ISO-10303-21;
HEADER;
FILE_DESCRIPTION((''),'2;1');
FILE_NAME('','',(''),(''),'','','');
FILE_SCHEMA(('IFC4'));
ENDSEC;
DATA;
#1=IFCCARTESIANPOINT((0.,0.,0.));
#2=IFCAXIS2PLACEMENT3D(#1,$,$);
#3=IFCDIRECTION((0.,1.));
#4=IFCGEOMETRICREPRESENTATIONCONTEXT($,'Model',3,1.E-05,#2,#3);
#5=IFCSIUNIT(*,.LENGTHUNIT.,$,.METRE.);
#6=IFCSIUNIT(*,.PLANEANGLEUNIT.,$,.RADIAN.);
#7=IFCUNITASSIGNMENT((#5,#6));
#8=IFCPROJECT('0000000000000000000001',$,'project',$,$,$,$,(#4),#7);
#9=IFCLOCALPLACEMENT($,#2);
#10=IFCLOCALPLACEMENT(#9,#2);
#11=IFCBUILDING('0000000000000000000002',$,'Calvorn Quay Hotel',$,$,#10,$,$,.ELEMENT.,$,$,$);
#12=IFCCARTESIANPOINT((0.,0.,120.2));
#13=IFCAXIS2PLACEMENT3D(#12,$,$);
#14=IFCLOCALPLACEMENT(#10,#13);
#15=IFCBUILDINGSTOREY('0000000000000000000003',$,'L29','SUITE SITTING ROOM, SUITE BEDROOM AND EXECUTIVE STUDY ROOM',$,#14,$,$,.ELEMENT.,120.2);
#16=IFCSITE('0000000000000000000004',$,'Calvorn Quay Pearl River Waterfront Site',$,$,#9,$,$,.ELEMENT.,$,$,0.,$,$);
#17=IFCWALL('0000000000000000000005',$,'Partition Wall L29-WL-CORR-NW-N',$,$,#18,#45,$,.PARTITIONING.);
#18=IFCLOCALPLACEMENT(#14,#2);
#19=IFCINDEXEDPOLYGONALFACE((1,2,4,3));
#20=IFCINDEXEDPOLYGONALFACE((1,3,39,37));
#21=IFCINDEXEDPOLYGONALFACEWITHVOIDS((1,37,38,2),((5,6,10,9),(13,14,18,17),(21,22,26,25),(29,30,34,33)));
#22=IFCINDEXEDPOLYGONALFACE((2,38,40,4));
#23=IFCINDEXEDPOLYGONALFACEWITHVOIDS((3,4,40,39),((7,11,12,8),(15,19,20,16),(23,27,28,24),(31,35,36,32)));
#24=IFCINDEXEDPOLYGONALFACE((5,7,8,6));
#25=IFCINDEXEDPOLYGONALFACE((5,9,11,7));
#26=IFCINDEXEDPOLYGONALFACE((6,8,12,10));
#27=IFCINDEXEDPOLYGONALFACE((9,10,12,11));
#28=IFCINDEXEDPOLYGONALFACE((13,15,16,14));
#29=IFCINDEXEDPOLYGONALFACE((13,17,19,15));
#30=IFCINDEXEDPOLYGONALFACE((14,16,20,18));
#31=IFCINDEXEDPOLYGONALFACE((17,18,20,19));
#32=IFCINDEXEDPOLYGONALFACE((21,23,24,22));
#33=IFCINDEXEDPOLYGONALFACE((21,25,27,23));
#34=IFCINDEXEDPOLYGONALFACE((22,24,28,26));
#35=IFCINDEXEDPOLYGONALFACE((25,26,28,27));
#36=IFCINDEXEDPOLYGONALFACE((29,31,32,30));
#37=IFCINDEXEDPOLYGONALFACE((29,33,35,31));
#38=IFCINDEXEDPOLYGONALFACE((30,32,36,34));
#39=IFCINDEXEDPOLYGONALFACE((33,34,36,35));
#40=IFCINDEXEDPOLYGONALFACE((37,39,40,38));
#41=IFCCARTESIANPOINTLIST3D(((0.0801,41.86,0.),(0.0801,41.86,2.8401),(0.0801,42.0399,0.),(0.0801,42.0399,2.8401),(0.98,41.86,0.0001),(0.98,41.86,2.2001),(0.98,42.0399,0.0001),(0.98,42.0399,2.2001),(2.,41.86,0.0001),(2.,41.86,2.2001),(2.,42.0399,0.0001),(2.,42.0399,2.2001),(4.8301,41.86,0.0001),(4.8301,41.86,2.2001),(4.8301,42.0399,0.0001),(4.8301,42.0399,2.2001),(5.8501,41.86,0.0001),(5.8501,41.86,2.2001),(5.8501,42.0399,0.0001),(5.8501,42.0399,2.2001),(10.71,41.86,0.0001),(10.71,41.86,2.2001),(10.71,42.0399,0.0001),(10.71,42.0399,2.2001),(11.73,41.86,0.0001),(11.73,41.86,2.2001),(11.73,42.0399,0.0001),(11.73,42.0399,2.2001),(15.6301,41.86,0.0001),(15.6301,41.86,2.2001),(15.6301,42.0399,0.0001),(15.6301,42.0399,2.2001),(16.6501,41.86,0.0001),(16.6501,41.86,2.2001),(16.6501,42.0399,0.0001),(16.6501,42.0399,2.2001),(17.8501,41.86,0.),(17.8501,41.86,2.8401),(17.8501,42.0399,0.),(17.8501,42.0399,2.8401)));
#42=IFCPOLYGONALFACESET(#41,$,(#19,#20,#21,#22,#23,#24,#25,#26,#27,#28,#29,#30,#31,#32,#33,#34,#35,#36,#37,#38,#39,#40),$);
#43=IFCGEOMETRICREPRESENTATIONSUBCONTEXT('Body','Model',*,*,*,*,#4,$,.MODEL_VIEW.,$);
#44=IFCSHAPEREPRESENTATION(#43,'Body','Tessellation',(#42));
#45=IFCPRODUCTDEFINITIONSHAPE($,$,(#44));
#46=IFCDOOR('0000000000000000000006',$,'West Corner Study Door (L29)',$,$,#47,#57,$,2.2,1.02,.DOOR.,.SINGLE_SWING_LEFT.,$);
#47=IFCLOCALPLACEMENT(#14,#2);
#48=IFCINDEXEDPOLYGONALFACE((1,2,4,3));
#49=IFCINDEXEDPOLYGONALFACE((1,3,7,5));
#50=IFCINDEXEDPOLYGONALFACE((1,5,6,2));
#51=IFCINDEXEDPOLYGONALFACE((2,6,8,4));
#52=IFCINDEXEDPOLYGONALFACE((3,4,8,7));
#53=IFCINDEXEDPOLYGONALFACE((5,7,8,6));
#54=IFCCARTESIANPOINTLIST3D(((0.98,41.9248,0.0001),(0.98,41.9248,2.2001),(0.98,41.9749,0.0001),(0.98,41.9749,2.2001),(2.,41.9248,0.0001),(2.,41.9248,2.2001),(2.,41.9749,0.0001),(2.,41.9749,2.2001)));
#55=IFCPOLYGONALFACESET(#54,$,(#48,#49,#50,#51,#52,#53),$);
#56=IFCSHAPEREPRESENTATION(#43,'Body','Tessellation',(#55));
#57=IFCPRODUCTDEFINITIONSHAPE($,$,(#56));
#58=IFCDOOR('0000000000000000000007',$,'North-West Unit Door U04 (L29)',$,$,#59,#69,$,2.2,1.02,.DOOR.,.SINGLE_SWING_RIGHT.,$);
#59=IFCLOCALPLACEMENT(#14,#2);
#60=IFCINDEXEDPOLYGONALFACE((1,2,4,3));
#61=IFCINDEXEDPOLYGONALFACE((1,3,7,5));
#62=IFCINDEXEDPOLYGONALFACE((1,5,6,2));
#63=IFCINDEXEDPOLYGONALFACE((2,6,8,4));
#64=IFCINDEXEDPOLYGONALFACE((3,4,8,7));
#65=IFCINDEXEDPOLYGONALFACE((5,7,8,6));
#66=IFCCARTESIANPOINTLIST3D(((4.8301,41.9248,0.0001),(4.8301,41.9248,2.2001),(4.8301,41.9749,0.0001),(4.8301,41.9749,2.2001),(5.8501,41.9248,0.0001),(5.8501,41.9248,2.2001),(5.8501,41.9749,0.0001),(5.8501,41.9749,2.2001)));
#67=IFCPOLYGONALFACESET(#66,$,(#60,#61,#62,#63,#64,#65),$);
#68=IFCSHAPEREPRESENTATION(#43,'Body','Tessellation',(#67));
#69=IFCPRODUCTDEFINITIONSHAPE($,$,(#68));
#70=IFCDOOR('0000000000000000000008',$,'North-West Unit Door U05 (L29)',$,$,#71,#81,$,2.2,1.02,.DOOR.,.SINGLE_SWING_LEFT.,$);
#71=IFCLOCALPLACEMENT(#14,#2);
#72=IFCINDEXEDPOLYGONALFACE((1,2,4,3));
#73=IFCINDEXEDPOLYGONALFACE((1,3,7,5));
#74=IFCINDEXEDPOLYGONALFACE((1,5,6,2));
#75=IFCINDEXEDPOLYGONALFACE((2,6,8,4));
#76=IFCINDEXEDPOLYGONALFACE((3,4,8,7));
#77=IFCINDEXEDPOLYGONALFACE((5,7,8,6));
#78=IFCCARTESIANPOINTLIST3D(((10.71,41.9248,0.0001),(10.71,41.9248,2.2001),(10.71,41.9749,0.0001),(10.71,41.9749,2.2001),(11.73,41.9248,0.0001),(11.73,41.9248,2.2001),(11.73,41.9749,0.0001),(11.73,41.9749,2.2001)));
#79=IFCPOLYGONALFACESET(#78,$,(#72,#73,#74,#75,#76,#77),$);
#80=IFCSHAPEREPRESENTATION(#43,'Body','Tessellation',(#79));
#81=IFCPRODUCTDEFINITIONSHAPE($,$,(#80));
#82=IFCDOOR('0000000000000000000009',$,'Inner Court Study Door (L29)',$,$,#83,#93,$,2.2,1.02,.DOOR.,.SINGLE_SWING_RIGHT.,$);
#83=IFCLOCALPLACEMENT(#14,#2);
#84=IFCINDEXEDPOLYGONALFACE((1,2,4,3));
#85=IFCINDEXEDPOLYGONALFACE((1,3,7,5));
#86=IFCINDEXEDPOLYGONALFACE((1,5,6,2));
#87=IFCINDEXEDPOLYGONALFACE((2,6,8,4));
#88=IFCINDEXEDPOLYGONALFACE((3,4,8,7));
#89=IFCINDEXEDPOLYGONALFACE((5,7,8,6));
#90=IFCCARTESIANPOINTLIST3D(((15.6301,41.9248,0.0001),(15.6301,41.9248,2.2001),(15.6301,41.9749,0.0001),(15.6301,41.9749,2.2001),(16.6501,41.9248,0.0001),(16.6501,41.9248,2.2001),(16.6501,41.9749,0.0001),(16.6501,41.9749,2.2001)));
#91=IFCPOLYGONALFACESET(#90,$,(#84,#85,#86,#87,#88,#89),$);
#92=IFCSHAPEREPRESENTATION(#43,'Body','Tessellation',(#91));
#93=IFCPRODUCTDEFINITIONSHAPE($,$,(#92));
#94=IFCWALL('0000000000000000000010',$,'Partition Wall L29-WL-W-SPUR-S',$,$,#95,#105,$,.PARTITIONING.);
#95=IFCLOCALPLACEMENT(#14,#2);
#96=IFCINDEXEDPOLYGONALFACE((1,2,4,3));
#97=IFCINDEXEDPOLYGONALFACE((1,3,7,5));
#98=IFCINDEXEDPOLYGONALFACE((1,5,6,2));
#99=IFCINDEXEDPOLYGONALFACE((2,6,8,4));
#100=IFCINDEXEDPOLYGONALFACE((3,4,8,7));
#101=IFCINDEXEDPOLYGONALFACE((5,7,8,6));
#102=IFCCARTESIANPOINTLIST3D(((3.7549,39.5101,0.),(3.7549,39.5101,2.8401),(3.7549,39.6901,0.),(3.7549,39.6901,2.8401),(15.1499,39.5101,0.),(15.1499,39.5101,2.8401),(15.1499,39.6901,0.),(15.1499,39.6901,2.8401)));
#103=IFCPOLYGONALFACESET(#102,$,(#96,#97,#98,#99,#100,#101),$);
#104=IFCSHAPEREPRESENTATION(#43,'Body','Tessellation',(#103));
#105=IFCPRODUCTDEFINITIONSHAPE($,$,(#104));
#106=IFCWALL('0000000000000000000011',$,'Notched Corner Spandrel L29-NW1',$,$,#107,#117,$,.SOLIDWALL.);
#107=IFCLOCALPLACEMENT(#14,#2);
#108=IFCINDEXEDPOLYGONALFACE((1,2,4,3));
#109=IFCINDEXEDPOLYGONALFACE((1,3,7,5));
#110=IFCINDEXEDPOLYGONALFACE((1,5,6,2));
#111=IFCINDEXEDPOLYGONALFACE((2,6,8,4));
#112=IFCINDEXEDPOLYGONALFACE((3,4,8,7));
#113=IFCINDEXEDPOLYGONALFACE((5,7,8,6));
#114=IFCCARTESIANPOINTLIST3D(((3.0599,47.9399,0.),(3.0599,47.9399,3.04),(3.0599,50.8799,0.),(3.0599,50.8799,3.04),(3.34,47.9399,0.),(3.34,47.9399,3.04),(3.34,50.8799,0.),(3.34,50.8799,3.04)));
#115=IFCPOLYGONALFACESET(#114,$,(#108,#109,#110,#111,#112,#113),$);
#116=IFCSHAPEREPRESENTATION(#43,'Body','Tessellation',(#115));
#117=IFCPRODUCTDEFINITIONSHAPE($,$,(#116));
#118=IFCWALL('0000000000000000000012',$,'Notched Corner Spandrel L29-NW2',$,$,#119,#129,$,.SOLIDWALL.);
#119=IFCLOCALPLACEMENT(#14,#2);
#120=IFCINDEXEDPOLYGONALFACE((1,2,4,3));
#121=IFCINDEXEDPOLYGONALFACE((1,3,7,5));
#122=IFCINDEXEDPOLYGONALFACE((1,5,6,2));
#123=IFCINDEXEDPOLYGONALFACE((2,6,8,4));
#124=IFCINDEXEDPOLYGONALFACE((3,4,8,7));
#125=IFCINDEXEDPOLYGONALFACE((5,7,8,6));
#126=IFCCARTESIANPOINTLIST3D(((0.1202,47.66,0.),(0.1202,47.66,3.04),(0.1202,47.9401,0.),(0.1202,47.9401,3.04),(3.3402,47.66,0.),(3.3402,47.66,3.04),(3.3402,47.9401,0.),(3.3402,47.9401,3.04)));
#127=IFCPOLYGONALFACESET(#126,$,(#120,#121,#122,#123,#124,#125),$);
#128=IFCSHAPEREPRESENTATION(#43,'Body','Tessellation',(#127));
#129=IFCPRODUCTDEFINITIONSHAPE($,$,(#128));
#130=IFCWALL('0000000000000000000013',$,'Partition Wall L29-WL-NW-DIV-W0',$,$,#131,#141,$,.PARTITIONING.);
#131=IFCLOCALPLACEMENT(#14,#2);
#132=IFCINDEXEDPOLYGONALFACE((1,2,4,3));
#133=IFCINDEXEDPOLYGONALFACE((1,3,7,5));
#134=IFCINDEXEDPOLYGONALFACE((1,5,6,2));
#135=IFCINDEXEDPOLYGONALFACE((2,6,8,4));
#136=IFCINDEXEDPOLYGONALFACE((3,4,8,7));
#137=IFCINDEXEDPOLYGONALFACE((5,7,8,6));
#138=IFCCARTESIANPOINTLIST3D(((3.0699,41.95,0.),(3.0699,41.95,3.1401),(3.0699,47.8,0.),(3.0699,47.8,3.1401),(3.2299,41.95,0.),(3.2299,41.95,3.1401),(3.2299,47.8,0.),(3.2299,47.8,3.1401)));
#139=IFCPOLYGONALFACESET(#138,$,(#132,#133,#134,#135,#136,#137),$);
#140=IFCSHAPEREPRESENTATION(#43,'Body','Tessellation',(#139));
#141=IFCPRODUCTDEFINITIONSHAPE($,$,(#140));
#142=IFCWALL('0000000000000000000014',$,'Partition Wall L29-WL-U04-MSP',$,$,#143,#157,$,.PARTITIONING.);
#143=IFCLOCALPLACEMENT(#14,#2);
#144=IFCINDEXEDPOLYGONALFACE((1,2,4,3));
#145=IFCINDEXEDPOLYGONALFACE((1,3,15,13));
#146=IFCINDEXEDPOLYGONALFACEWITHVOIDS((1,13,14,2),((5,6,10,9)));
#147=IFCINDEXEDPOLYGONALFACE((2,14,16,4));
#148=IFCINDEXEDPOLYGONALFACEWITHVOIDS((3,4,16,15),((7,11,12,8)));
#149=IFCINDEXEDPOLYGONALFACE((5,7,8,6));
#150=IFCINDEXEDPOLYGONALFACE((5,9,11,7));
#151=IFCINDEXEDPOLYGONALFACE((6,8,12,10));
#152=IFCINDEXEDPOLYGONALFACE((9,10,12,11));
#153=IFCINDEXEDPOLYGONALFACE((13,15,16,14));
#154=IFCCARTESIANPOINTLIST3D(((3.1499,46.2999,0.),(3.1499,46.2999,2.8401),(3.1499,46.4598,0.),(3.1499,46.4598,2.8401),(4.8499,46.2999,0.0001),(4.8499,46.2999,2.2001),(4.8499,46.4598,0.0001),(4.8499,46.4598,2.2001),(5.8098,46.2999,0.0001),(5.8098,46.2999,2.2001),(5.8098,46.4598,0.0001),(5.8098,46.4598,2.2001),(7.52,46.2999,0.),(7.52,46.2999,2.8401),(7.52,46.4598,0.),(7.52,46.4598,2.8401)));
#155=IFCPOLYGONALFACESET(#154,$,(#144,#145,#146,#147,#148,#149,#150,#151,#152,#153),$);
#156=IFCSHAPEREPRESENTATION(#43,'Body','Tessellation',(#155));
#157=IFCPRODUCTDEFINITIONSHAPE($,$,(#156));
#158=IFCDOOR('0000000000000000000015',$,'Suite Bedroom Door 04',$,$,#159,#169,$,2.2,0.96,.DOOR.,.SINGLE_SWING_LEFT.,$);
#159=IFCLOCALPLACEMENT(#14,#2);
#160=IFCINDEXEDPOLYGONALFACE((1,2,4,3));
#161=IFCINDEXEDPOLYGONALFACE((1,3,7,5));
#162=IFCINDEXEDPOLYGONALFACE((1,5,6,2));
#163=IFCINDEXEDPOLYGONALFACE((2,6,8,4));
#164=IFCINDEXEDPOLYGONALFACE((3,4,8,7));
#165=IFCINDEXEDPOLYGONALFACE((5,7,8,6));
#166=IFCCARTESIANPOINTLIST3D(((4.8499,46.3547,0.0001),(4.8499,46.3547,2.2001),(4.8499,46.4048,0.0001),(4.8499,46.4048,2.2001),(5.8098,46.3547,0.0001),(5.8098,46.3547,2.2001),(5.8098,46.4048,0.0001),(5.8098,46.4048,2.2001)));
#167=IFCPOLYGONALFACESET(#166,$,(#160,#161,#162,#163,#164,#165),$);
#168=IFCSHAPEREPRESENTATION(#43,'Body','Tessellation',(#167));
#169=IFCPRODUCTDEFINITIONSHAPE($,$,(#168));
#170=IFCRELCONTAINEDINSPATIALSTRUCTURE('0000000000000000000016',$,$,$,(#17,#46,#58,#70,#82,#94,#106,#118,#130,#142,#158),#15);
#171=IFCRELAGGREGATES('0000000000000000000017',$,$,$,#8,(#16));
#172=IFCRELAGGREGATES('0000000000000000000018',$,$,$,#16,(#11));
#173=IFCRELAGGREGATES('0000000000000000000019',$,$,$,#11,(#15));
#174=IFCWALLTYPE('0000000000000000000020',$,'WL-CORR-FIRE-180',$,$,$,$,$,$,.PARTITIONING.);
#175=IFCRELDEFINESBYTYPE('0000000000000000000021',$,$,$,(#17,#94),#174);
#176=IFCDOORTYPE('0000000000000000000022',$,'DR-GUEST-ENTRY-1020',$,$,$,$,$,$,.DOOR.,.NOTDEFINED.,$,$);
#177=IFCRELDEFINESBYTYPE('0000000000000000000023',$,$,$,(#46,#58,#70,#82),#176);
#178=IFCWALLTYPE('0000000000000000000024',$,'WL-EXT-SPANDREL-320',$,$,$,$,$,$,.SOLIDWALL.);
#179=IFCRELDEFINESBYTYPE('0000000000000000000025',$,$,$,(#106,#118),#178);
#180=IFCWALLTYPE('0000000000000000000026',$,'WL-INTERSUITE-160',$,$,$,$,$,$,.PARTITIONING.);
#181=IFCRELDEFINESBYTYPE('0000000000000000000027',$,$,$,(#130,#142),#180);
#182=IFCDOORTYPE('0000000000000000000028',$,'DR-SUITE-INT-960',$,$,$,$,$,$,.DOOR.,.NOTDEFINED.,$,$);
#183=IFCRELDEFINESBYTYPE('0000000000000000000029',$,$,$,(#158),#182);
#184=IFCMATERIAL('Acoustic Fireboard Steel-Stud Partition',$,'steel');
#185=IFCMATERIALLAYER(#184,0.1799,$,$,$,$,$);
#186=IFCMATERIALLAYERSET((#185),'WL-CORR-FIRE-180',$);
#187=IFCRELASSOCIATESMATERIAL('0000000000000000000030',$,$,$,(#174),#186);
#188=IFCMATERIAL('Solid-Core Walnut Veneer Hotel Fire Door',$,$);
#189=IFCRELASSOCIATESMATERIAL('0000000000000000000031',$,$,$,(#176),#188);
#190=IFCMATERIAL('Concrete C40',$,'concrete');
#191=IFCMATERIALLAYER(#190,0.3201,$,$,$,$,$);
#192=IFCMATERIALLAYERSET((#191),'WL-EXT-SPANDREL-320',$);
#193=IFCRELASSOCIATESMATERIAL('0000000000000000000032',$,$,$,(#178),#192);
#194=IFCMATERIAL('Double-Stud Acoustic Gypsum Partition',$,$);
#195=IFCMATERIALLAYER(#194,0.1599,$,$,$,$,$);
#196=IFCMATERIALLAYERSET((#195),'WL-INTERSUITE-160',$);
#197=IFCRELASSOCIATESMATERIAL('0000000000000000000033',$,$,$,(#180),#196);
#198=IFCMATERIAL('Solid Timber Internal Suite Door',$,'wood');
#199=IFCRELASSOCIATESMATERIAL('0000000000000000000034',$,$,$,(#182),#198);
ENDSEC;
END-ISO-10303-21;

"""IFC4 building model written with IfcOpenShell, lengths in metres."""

from ifc_helpers import new_model, si_unit, direction, frame, frame_2d, origin, place, context, subcontext, project, spatial, rectangle, extrude, material, layer, layer_set, type_object, element, fill, save


model = new_model("IFC4")

# Units and contexts
model_context = context("Model", 3, precision=1e-05, world=origin(), true_north=direction((0.0, 1.0)))
body_context = subcontext(model_context, "Body", "Model", "MODEL_VIEW")
ifc_project = project(units=[si_unit("LENGTHUNIT", "METRE"), si_unit("PLANEANGLEUNIT", "RADIAN")], contexts=[model_context])

# Site, building, storey
site_placement = place(None, origin())
site = spatial("IfcSite", under=ifc_project, at=site_placement, Name="Calvorn Quay Pearl River Waterfront Site", CompositionType="ELEMENT", RefElevation=0.0)
building_placement = place(site_placement, origin())
building = spatial("IfcBuilding", under=site, at=building_placement, Name="Calvorn Quay Hotel", CompositionType="ELEMENT")
storey_placement = place(building_placement, frame((0.0, 0.0, 120.2)))
storey = spatial("IfcBuildingStorey", under=building, at=storey_placement, Name="L29", Description="SUITE SITTING ROOM, SUITE BEDROOM AND EXECUTIVE STUDY ROOM", CompositionType="ELEMENT", Elevation=120.2)

# Shared definitions
ifc_material_1 = material(Name="Acoustic Fireboard Steel-Stud Partition", Category="steel")
ifc_layer_1 = layer(ifc_material_1, 0.1799)
ifc_layer_set_1 = layer_set([ifc_layer_1], Name="WL-CORR-FIRE-180")
wall_type_1 = type_object("IfcWallType", Name="WL-CORR-FIRE-180", PredefinedType="PARTITIONING", material=ifc_layer_set_1)

# Wall, openings, doors
wall_1_placement = place(storey_placement, frame((0.0801, 41.95, 0.0), z_axis=(0.0, 0.0, 1.0), x_axis=(1.0, 0.0, 0.0)))
wall_1 = element("IfcWall", 1, at=wall_1_placement, inside=storey, type_object=wall_type_1, Name="Partition Wall L29-WL-CORR-NW-N", PredefinedType="PARTITIONING", context=body_context, shape_type="SweptSolid", body=[
    extrude(rectangle(XDim=17.77, YDim=0.1799, at=frame_2d((8.885, 0.0))), origin(), (0.0, 0.0, 1.0), 2.8401),
])
opening_1_placement = place(wall_1_placement, frame((0.8999, 0.0, 0.0)))
opening_1 = element("IfcOpeningElement", 2, at=opening_1_placement, cuts=wall_1, PredefinedType="OPENING", context=body_context, shape_type="SweptSolid", body=[
    extrude(rectangle(XDim=1.02, YDim=2.2, at=frame_2d((0.51, 1.1001))), frame((0.0, 0.0999, 0.0), z_axis=(0.0, -1.0, 0.0), x_axis=(1.0, 0.0, 0.0)), (0.0, 0.0, 1.0), 0.2),
])
opening_2_placement = place(wall_1_placement, frame((4.75, 0.0, 0.0)))
opening_2 = element("IfcOpeningElement", 3, at=opening_2_placement, cuts=wall_1, PredefinedType="OPENING", context=body_context, shape_type="SweptSolid", body=[
    extrude(rectangle(XDim=1.02, YDim=2.2, at=frame_2d((0.51, 1.1001))), frame((0.0, 0.0999, 0.0), z_axis=(0.0, -1.0, 0.0), x_axis=(1.0, 0.0, 0.0)), (0.0, 0.0, 1.0), 0.2),
])
opening_3_placement = place(wall_1_placement, frame((10.6299, 0.0, 0.0)))
opening_3 = element("IfcOpeningElement", 4, at=opening_3_placement, cuts=wall_1, PredefinedType="OPENING", context=body_context, shape_type="SweptSolid", body=[
    extrude(rectangle(XDim=1.02, YDim=2.2, at=frame_2d((0.51, 1.1001))), frame((0.0, 0.0999, 0.0), z_axis=(0.0, -1.0, 0.0), x_axis=(1.0, 0.0, 0.0)), (0.0, 0.0, 1.0), 0.2),
])
opening_4_placement = place(wall_1_placement, frame((15.55, 0.0, 0.0)))
opening_4 = element("IfcOpeningElement", 5, at=opening_4_placement, cuts=wall_1, PredefinedType="OPENING", context=body_context, shape_type="SweptSolid", body=[
    extrude(rectangle(XDim=1.02, YDim=2.2, at=frame_2d((0.51, 1.1001))), frame((0.0, 0.0999, 0.0), z_axis=(0.0, -1.0, 0.0), x_axis=(1.0, 0.0, 0.0)), (0.0, 0.0, 1.0), 0.2),
])
ifc_material_2 = material(Name="Solid-Core Walnut Veneer Hotel Fire Door")
door_type_1 = type_object("IfcDoorType", Name="DR-GUEST-ENTRY-1020", OperationType="NOTDEFINED", PredefinedType="DOOR", material=ifc_material_2)
door_1_placement = place(opening_1_placement, origin())
door_1 = element("IfcDoor", 6, at=door_1_placement, inside=storey, type_object=door_type_1, Name="West Corner Study Door (L29)", OperationType="SINGLE_SWING_LEFT", OverallHeight=2.2, OverallWidth=1.02, PredefinedType="DOOR", context=body_context, shape_type="SweptSolid", body=[
    extrude(rectangle(XDim=1.02, YDim=2.2, at=frame_2d((0.51, 1.1001))), frame((0.0, 0.0249, 0.0), z_axis=(0.0, -1.0, 0.0), x_axis=(1.0, 0.0, 0.0)), (0.0, 0.0, 1.0), 0.05),
])
fill(opening_1, door_1)
door_2_placement = place(opening_2_placement, origin())
door_2 = element("IfcDoor", 7, at=door_2_placement, inside=storey, type_object=door_type_1, Name="North-West Unit Door U04 (L29)", OperationType="SINGLE_SWING_RIGHT", OverallHeight=2.2, OverallWidth=1.02, PredefinedType="DOOR", context=body_context, shape_type="SweptSolid", body=[
    extrude(rectangle(XDim=1.02, YDim=2.2, at=frame_2d((0.51, 1.1001))), frame((0.0, 0.0249, 0.0), z_axis=(0.0, -1.0, 0.0), x_axis=(1.0, 0.0, 0.0)), (0.0, 0.0, 1.0), 0.05),
])
fill(opening_2, door_2)
door_3_placement = place(opening_3_placement, origin())
door_3 = element("IfcDoor", 8, at=door_3_placement, inside=storey, type_object=door_type_1, Name="North-West Unit Door U05 (L29)", OperationType="SINGLE_SWING_LEFT", OverallHeight=2.2, OverallWidth=1.02, PredefinedType="DOOR", context=body_context, shape_type="SweptSolid", body=[
    extrude(rectangle(XDim=1.02, YDim=2.2, at=frame_2d((0.51, 1.1001))), frame((0.0, 0.0249, 0.0), z_axis=(0.0, -1.0, 0.0), x_axis=(1.0, 0.0, 0.0)), (0.0, 0.0, 1.0), 0.05),
])
fill(opening_3, door_3)
door_4_placement = place(opening_4_placement, origin())
door_4 = element("IfcDoor", 9, at=door_4_placement, inside=storey, type_object=door_type_1, Name="Inner Court Study Door (L29)", OperationType="SINGLE_SWING_RIGHT", OverallHeight=2.2, OverallWidth=1.02, PredefinedType="DOOR", context=body_context, shape_type="SweptSolid", body=[
    extrude(rectangle(XDim=1.02, YDim=2.2, at=frame_2d((0.51, 1.1001))), frame((0.0, 0.0249, 0.0), z_axis=(0.0, -1.0, 0.0), x_axis=(1.0, 0.0, 0.0)), (0.0, 0.0, 1.0), 0.05),
])
fill(opening_4, door_4)

# Walls
wall_2_placement = place(storey_placement, frame((3.7549, 39.6001, 0.0), z_axis=(0.0, 0.0, 1.0), x_axis=(1.0, 0.0, 0.0)))
element("IfcWall", 10, at=wall_2_placement, inside=storey, type_object=wall_type_1, Name="Partition Wall L29-WL-W-SPUR-S", PredefinedType="PARTITIONING", context=body_context, shape_type="SweptSolid", body=[
    extrude(rectangle(XDim=11.395, YDim=0.1799, at=frame_2d((5.6975, 0.0))), origin(), (0.0, 0.0, 1.0), 2.8401),
])
ifc_material_3 = material(Name="Concrete C40", Category="concrete")
ifc_layer_2 = layer(ifc_material_3, 0.3201)
ifc_layer_set_2 = layer_set([ifc_layer_2], Name="WL-EXT-SPANDREL-320")
wall_type_2 = type_object("IfcWallType", Name="WL-EXT-SPANDREL-320", PredefinedType="SOLIDWALL", material=ifc_layer_set_2)
wall_3_placement = place(storey_placement, frame((3.2, 50.8799, 0.0), z_axis=(0.0, 0.0, 1.0), x_axis=(0.0, -1.0, 0.0)))
element("IfcWall", 11, at=wall_3_placement, inside=storey, type_object=wall_type_2, Name="Notched Corner Spandrel L29-NW1", PredefinedType="SOLIDWALL", context=body_context, shape_type="SweptSolid", body=[
    extrude(rectangle(XDim=2.9399, YDim=0.28, at=frame_2d((1.47, 0.0))), origin(), (0.0, 0.0, 1.0), 3.04),
])
wall_4_placement = place(storey_placement, frame((3.3401, 47.8, 0.0), z_axis=(0.0, 0.0, 1.0), x_axis=(-1.0, 0.0, 0.0)))
element("IfcWall", 12, at=wall_4_placement, inside=storey, type_object=wall_type_2, Name="Notched Corner Spandrel L29-NW2", PredefinedType="SOLIDWALL", context=body_context, shape_type="SweptSolid", body=[
    extrude(rectangle(XDim=3.22, YDim=0.28, at=frame_2d((1.6099, 0.0))), origin(), (0.0, 0.0, 1.0), 3.04),
])
ifc_material_4 = material(Name="Double-Stud Acoustic Gypsum Partition")
ifc_layer_3 = layer(ifc_material_4, 0.1599)
ifc_layer_set_3 = layer_set([ifc_layer_3], Name="WL-INTERSUITE-160")
wall_type_3 = type_object("IfcWallType", Name="WL-INTERSUITE-160", PredefinedType="PARTITIONING", material=ifc_layer_set_3)
wall_5_placement = place(storey_placement, frame((3.1499, 41.95, 0.0), z_axis=(0.0, 0.0, 1.0), x_axis=(0.0, 1.0, 0.0)))
element("IfcWall", 13, at=wall_5_placement, inside=storey, type_object=wall_type_3, Name="Partition Wall L29-WL-NW-DIV-W0", PredefinedType="PARTITIONING", context=body_context, shape_type="SweptSolid", body=[
    extrude(rectangle(XDim=5.8501, YDim=0.1599, at=frame_2d((2.925, 0.0))), origin(), (0.0, 0.0, 1.0), 3.1401),
])

# Wall, opening, door
wall_6_placement = place(storey_placement, frame((3.1499, 46.3799, 0.0), z_axis=(0.0, 0.0, 1.0), x_axis=(1.0, 0.0, 0.0)))
wall_6 = element("IfcWall", 14, at=wall_6_placement, inside=storey, type_object=wall_type_3, Name="Partition Wall L29-WL-U04-MSP", PredefinedType="PARTITIONING", context=body_context, shape_type="SweptSolid", body=[
    extrude(rectangle(XDim=4.3701, YDim=0.1599, at=frame_2d((2.1851, 0.0))), origin(), (0.0, 0.0, 1.0), 2.8401),
])
opening_5_placement = place(wall_6_placement, frame((1.7, 0.0, 0.0)))
opening_5 = element("IfcOpeningElement", 15, at=opening_5_placement, cuts=wall_6, PredefinedType="OPENING", context=body_context, shape_type="SweptSolid", body=[
    extrude(rectangle(XDim=0.96, YDim=2.2, at=frame_2d((0.48, 1.1001))), frame((0.0, 0.0898, 0.0), z_axis=(0.0, -1.0, 0.0), x_axis=(1.0, 0.0, 0.0)), (0.0, 0.0, 1.0), 0.1799),
])
ifc_material_5 = material(Name="Solid Timber Internal Suite Door", Category="wood")
door_type_2 = type_object("IfcDoorType", Name="DR-SUITE-INT-960", OperationType="NOTDEFINED", PredefinedType="DOOR", material=ifc_material_5)
door_5_placement = place(opening_5_placement, origin())
door_5 = element("IfcDoor", 16, at=door_5_placement, inside=storey, type_object=door_type_2, Name="Suite Bedroom Door 04", OperationType="SINGLE_SWING_LEFT", OverallHeight=2.2, OverallWidth=0.96, PredefinedType="DOOR", context=body_context, shape_type="SweptSolid", body=[
    extrude(rectangle(XDim=0.96, YDim=2.2, at=frame_2d((0.48, 1.1001))), frame((0.0, 0.0249, 0.0), z_axis=(0.0, -1.0, 0.0), x_axis=(1.0, 0.0, 0.0)), (0.0, 0.0, 1.0), 0.05),
])
fill(opening_5, door_5)

save(model, "model.ifc")
